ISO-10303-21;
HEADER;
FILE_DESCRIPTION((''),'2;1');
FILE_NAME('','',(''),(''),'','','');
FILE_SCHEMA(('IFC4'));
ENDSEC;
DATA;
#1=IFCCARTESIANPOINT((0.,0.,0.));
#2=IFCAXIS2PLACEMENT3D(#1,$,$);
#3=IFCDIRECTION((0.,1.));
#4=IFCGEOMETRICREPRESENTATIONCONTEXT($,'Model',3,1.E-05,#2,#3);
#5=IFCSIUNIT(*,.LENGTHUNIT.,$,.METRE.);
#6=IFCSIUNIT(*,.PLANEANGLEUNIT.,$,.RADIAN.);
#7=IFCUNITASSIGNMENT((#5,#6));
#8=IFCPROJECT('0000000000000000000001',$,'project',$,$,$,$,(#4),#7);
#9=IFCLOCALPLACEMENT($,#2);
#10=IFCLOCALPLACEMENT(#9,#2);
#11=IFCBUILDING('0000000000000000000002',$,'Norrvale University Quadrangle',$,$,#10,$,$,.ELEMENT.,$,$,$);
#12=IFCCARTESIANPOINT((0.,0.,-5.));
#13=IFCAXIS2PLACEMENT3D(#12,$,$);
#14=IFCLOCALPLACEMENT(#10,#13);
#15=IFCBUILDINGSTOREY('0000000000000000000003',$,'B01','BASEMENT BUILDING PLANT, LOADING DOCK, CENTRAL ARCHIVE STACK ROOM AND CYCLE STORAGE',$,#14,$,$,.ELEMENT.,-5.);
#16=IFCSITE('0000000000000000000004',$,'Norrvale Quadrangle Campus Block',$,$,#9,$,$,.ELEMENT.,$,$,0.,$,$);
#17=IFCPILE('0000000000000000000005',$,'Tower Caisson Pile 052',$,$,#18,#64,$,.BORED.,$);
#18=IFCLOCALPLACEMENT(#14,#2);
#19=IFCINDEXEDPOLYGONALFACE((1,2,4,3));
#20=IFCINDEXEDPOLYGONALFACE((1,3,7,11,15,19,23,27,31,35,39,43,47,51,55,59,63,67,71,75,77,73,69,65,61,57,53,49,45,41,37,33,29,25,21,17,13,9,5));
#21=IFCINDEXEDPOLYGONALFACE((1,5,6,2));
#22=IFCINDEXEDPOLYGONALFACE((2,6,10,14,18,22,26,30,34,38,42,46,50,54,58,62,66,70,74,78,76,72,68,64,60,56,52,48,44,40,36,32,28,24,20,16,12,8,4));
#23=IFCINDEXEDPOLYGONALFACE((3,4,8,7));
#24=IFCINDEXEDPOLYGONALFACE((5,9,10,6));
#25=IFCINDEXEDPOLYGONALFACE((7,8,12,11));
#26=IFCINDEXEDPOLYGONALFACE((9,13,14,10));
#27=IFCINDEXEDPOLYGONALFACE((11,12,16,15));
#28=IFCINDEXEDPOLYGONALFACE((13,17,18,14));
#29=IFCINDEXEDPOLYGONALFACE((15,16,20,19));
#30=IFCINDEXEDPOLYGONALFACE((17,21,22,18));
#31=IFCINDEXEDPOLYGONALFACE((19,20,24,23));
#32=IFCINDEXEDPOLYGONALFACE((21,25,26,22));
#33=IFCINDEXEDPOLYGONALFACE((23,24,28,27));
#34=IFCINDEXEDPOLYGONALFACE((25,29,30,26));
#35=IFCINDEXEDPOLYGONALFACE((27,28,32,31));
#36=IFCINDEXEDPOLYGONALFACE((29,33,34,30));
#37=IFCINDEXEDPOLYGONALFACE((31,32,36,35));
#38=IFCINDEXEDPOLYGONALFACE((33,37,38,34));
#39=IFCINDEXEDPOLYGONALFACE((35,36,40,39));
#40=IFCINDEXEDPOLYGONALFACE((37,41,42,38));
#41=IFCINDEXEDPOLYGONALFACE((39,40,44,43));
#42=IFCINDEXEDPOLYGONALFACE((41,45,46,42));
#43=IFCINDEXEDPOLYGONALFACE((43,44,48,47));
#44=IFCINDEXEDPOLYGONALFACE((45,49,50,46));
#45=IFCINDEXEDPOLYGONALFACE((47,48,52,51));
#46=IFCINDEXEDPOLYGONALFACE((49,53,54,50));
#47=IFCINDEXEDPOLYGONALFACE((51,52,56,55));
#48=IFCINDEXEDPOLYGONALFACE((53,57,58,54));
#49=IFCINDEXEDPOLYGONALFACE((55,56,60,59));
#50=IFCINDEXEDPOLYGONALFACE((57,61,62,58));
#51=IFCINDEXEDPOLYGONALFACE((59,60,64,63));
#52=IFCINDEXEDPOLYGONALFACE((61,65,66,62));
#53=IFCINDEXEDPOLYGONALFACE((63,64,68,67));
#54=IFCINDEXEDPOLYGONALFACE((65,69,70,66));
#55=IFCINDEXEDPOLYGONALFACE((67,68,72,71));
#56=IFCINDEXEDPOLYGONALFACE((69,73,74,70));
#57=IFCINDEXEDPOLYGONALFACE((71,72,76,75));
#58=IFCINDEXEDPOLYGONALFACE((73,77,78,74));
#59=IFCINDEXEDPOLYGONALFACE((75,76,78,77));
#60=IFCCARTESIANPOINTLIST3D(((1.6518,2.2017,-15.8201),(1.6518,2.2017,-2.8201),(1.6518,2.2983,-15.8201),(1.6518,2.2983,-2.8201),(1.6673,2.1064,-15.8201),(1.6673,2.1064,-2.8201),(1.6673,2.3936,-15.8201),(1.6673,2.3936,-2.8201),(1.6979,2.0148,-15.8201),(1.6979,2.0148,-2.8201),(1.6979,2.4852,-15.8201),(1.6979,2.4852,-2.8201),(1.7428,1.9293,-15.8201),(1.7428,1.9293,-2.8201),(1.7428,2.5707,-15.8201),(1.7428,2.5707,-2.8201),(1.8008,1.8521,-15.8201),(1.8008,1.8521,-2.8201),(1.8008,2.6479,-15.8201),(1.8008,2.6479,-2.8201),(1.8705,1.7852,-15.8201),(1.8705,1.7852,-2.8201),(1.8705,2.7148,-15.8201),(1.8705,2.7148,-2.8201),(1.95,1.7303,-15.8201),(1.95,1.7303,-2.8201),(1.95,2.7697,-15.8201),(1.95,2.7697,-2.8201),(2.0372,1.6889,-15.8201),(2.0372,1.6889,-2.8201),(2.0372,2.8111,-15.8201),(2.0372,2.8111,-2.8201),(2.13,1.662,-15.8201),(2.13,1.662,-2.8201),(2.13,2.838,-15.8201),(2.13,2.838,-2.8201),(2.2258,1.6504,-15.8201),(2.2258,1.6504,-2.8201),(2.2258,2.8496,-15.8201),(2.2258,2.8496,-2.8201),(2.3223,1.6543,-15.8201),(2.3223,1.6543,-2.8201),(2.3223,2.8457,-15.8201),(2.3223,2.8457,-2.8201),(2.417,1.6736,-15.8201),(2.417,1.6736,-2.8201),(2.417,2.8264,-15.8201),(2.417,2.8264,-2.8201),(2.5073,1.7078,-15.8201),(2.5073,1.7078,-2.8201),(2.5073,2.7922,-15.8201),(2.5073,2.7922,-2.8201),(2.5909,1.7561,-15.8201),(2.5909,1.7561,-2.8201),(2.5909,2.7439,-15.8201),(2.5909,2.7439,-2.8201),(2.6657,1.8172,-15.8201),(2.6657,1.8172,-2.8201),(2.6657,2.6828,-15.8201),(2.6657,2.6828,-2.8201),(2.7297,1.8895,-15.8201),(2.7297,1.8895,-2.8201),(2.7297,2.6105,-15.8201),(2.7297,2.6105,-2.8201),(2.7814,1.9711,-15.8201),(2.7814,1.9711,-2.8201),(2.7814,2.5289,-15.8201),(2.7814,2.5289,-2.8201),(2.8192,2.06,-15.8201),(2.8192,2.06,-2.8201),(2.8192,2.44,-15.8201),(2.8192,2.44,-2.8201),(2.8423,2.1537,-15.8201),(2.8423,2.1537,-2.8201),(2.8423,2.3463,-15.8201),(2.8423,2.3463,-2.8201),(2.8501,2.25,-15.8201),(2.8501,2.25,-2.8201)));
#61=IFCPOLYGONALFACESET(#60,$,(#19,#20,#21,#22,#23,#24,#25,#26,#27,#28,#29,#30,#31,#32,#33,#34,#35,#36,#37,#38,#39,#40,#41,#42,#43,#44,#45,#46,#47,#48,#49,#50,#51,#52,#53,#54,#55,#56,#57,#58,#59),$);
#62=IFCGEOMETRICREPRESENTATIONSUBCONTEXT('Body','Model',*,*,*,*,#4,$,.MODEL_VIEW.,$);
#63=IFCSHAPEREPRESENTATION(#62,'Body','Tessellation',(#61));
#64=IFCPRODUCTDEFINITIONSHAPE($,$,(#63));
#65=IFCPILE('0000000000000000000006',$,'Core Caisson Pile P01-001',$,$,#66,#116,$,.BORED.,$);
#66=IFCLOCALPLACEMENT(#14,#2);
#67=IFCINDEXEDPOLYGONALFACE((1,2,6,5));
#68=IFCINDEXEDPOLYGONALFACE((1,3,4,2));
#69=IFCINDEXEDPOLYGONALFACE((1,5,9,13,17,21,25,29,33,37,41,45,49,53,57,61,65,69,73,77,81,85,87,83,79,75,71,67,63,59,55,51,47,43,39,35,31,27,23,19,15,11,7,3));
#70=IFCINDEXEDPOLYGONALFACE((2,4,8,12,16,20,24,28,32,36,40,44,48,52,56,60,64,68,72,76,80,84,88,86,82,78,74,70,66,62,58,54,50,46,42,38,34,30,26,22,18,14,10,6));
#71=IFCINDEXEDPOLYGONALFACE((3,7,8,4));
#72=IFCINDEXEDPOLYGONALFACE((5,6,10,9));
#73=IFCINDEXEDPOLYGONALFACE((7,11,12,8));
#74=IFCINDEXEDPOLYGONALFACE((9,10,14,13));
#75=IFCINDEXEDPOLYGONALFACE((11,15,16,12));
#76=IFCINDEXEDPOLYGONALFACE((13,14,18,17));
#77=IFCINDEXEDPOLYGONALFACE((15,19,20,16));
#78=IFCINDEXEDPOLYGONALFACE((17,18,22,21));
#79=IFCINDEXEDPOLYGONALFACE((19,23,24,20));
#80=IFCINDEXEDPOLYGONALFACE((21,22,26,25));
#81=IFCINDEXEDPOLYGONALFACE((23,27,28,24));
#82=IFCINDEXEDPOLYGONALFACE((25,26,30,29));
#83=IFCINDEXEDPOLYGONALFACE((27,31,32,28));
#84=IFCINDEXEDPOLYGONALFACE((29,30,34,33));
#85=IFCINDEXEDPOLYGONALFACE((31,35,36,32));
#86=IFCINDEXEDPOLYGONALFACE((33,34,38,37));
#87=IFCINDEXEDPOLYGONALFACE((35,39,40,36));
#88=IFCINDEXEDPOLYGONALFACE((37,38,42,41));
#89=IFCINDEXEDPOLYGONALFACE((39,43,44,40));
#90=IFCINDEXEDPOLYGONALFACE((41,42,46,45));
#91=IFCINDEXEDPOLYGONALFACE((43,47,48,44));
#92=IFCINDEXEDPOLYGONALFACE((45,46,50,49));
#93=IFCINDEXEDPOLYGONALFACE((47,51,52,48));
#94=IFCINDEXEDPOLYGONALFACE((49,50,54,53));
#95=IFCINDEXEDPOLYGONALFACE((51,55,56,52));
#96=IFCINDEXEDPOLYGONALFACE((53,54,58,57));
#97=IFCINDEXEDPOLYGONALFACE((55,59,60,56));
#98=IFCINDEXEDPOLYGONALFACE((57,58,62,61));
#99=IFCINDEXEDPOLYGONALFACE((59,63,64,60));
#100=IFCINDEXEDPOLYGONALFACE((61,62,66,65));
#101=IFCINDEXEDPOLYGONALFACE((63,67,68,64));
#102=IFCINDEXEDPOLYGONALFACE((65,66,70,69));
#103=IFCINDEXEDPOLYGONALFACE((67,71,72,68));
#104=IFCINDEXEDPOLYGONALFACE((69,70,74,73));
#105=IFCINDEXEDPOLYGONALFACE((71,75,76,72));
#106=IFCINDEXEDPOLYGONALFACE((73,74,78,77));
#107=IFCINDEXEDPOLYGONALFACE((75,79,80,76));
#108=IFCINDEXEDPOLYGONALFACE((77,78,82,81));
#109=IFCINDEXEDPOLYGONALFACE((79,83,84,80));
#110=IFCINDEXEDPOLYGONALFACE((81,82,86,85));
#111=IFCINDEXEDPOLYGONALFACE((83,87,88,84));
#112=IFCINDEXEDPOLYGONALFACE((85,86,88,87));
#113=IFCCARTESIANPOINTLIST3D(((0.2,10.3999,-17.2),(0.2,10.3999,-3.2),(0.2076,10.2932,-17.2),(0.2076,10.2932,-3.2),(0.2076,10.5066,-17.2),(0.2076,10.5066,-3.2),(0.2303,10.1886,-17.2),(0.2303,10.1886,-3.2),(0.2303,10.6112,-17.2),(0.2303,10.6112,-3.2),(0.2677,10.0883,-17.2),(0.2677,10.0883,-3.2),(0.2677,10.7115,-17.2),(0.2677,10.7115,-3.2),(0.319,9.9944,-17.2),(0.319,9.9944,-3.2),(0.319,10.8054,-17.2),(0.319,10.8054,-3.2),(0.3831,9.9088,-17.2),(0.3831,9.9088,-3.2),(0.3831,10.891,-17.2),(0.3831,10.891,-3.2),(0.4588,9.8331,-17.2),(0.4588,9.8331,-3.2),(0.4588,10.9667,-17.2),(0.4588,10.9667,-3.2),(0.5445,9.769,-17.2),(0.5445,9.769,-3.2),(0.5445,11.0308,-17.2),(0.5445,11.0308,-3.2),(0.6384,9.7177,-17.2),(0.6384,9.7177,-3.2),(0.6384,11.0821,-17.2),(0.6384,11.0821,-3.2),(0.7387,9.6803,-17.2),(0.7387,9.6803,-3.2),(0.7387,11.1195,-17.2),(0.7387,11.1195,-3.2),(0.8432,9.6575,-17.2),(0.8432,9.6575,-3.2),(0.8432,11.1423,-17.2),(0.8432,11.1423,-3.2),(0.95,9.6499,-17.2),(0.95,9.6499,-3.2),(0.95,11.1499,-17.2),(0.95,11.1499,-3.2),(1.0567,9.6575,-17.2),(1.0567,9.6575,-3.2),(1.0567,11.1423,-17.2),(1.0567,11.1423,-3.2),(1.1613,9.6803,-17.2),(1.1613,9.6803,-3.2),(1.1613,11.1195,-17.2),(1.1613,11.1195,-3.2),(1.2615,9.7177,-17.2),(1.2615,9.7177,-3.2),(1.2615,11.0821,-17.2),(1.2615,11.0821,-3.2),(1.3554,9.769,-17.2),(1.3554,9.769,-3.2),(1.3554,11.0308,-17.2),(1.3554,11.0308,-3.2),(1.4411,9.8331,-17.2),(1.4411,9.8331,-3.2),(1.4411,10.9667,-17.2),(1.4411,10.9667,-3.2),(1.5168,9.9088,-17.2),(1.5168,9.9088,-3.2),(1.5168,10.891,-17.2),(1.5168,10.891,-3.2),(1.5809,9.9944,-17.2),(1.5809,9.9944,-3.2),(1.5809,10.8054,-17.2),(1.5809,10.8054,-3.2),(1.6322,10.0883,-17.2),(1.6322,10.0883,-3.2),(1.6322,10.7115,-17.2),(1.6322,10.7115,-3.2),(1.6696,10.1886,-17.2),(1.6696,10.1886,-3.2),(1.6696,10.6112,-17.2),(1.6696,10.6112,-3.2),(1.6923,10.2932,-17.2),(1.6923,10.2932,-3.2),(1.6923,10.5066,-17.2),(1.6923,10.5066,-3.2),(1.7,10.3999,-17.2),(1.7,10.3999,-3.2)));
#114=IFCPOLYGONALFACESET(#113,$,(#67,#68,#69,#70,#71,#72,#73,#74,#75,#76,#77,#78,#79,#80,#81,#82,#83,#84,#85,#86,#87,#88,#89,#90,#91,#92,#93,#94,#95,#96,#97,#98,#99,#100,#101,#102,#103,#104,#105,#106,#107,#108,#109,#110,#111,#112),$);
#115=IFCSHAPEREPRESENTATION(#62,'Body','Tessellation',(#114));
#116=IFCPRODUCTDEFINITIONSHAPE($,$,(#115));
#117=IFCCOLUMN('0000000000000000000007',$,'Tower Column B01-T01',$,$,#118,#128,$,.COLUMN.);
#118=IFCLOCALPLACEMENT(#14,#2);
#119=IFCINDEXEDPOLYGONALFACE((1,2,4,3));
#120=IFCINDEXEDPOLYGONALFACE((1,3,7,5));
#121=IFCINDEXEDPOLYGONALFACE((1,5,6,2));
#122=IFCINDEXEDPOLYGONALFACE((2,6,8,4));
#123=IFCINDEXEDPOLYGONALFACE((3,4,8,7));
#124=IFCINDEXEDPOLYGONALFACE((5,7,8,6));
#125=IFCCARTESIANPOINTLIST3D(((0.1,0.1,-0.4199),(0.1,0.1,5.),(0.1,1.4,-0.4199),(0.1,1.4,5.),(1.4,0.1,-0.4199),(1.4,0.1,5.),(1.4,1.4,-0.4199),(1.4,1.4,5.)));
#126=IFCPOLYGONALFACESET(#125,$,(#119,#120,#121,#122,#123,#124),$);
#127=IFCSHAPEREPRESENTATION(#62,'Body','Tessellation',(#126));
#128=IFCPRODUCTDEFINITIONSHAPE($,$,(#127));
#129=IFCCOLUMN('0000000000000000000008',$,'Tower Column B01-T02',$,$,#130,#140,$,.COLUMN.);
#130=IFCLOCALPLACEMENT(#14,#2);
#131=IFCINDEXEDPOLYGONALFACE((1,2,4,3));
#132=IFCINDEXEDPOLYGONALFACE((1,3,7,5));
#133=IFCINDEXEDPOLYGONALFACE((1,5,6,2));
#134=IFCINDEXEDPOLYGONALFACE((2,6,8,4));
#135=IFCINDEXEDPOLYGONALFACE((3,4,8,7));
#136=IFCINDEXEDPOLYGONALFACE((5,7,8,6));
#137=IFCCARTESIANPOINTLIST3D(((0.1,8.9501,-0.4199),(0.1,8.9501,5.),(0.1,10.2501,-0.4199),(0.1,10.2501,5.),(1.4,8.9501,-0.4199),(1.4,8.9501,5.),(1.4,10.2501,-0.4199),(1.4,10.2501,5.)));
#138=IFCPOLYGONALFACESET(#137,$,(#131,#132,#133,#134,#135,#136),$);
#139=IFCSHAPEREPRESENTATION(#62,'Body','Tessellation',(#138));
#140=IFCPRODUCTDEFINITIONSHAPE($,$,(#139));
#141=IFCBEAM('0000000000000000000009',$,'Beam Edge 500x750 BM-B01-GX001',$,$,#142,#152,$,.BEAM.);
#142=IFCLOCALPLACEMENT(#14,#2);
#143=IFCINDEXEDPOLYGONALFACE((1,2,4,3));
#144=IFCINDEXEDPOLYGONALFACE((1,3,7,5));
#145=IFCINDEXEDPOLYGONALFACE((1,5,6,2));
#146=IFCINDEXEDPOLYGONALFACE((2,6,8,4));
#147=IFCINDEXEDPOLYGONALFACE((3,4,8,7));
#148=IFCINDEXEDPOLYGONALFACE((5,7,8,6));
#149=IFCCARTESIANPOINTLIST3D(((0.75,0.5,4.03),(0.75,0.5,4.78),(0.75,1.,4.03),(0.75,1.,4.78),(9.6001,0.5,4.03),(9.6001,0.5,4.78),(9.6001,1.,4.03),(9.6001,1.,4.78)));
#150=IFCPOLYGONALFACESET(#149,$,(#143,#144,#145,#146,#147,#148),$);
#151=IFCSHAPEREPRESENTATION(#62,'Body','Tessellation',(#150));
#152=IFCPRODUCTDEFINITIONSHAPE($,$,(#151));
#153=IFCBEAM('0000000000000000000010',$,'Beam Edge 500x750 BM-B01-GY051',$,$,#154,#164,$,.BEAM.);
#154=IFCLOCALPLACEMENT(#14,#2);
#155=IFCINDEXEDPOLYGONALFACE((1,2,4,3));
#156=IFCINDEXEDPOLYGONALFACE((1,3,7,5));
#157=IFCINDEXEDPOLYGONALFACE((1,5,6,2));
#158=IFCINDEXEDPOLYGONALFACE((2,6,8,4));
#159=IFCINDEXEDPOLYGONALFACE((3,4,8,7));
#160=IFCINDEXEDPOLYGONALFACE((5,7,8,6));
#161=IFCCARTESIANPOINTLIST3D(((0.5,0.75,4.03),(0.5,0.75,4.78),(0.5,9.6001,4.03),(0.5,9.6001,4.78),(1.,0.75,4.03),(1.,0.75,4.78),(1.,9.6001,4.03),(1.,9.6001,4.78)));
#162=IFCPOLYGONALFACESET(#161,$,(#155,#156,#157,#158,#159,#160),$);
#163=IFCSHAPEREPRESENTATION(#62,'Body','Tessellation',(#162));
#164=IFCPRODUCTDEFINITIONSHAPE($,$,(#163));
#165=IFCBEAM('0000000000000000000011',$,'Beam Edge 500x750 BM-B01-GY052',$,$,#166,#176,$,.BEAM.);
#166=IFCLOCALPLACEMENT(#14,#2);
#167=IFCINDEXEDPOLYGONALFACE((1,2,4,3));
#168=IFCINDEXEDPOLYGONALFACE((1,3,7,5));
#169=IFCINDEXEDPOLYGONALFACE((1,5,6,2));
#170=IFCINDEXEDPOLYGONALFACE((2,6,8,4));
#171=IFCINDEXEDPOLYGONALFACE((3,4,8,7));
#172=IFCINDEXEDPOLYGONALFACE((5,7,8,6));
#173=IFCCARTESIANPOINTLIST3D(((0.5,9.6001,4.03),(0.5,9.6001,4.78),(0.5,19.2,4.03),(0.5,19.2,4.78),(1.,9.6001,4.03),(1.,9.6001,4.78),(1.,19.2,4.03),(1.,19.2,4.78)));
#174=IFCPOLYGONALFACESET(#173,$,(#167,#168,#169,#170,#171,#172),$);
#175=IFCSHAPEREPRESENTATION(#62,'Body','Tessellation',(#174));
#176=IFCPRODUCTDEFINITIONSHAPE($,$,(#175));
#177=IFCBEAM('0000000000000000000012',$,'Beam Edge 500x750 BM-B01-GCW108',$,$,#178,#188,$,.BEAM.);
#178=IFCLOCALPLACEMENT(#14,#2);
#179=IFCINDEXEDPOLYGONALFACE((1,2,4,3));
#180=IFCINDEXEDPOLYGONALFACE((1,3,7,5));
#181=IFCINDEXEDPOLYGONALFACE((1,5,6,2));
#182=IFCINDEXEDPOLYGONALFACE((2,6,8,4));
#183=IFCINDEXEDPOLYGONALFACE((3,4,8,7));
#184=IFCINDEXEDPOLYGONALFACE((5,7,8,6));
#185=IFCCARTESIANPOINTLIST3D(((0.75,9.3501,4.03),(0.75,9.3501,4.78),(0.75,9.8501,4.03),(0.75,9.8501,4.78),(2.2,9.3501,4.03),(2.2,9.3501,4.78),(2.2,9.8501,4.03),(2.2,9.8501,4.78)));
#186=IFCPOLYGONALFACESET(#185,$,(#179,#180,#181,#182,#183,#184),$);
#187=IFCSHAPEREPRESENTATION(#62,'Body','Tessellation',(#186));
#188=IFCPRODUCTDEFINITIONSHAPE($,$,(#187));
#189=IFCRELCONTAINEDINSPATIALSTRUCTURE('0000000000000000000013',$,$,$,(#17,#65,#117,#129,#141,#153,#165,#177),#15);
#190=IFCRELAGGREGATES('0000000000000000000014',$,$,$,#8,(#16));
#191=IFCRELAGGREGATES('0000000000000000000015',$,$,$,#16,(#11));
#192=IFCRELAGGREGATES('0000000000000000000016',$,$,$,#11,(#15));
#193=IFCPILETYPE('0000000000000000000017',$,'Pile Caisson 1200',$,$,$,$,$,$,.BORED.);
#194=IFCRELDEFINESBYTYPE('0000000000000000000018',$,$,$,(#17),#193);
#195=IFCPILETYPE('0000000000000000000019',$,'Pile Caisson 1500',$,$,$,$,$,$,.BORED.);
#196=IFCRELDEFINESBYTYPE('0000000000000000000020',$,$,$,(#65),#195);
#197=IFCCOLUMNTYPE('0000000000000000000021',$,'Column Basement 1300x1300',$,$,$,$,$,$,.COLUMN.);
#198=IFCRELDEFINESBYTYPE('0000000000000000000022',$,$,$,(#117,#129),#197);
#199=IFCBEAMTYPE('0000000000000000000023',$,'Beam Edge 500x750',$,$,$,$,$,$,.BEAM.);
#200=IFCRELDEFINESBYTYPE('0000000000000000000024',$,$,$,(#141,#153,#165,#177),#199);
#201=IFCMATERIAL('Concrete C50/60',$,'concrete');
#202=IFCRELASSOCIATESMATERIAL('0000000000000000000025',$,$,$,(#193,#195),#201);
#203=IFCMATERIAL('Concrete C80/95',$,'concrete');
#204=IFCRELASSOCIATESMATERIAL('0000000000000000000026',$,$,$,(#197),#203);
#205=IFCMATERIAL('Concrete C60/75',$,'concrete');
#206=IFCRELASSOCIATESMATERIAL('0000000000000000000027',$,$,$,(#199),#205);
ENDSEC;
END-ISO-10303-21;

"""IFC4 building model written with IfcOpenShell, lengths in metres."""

from ifc_helpers import new_model, si_unit, direction, frame, origin, origin_2d, place, context, subcontext, project, spatial, rectangle, circle, extrude, material, material_profile, profile_set, type_object, element, save


model = new_model("IFC4")

# Units and contexts
model_context = context("Model", 3, precision=1e-05, world=origin(), true_north=direction((0.0, 1.0)))
body_context = subcontext(model_context, "Body", "Model", "MODEL_VIEW")
ifc_project = project(units=[si_unit("LENGTHUNIT", "METRE"), si_unit("PLANEANGLEUNIT", "RADIAN")], contexts=[model_context])

# Site, building, storey
site_placement = place(None, origin())
site = spatial("IfcSite", under=ifc_project, at=site_placement, Name="Norrvale Quadrangle Campus Block", CompositionType="ELEMENT", RefElevation=0.0)
building_placement = place(site_placement, origin())
building = spatial("IfcBuilding", under=site, at=building_placement, Name="Norrvale University Quadrangle", CompositionType="ELEMENT")
storey_placement = place(building_placement, frame((0.0, 0.0, -5.0)))
storey = spatial("IfcBuildingStorey", under=building, at=storey_placement, Name="B01", Description="BASEMENT BUILDING PLANT, LOADING DOCK, CENTRAL ARCHIVE STACK ROOM AND CYCLE STORAGE", CompositionType="ELEMENT", Elevation=-5.0)

# Shared definitions
ifc_material_1 = material(Name="Concrete C50/60", Category="concrete")

# Piles
ifc_material_profile_1 = material_profile(ifc_material_1, circle(Radius=0.6001, at=origin_2d()), Name="Concrete C50/60")
ifc_profile_set_1 = profile_set([ifc_material_profile_1], Name="Concrete C50/60")
pile_type_1 = type_object("IfcPileType", Name="Pile Caisson 1200", PredefinedType="BORED", material=ifc_profile_set_1)
for number, where, z_axis, x_axis, name in (
    (1, (2.25, 2.25, -2.8201), (0.0, 0.0, -1.0), (1.0, 0.0, 0.0), "Tower Caisson Pile 052"),
):
    element("IfcPile", number, at=place(storey_placement, frame(where, z_axis=z_axis, x_axis=x_axis)), inside=storey, type_object=pile_type_1, Name=name, PredefinedType="BORED", context=body_context, shape_type="SweptSolid", body=[
        extrude(circle(Radius=0.6001, at=origin_2d()), origin(), (0.0, 0.0, 1.0), 13.0),
    ])
ifc_material_profile_2 = material_profile(ifc_material_1, circle(Radius=0.75, at=origin_2d()), Name="Concrete C50/60")
ifc_profile_set_2 = profile_set([ifc_material_profile_2], Name="Concrete C50/60")
pile_type_2 = type_object("IfcPileType", Name="Pile Caisson 1500", PredefinedType="BORED", material=ifc_profile_set_2)
pile_placement = place(storey_placement, frame((0.95, 10.3999, -3.2), z_axis=(0.0, 0.0, -1.0), x_axis=(1.0, 0.0, 0.0)))
element("IfcPile", 2, at=pile_placement, inside=storey, type_object=pile_type_2, Name="Core Caisson Pile P01-001", PredefinedType="BORED", context=body_context, shape_type="SweptSolid", body=[
    extrude(circle(Radius=0.75, at=origin_2d()), origin(), (0.0, 0.0, 1.0), 14.0),
])

# Columns
ifc_material_2 = material(Name="Concrete C80/95", Category="concrete")
ifc_material_profile_3 = material_profile(ifc_material_2, rectangle(XDim=1.3, YDim=1.3, at=origin_2d()), Name="Concrete C80/95")
ifc_profile_set_3 = profile_set([ifc_material_profile_3], Name="Concrete C80/95")
column_type = type_object("IfcColumnType", Name="Column Basement 1300x1300", PredefinedType="COLUMN", material=ifc_profile_set_3)
for number, where, z_axis, x_axis, name in (
    (3, (0.75, 0.75, -0.4199), (0.0, 0.0, 1.0), (1.0, 0.0, 0.0), "Tower Column B01-T01"),
    (4, (0.75, 9.6001, -0.4199), (0.0, 0.0, 1.0), (1.0, 0.0, 0.0), "Tower Column B01-T02"),
):
    element("IfcColumn", number, at=place(storey_placement, frame(where, z_axis=z_axis, x_axis=x_axis)), inside=storey, type_object=column_type, Name=name, PredefinedType="COLUMN", context=body_context, shape_type="SweptSolid", body=[
        extrude(rectangle(XDim=1.3, YDim=1.3, at=origin_2d()), origin(), (0.0, 0.0, 1.0), 5.4199),
    ])

# Beams
ifc_material_3 = material(Name="Concrete C60/75", Category="concrete")
ifc_material_profile_4 = material_profile(ifc_material_3, rectangle(XDim=0.5, YDim=0.75, at=origin_2d()), Name="Concrete C60/75")
ifc_profile_set_4 = profile_set([ifc_material_profile_4], Name="Concrete C60/75")
beam_type = type_object("IfcBeamType", Name="Beam Edge 500x750", PredefinedType="BEAM", material=ifc_profile_set_4)
for number, where, z_axis, x_axis, name in (
    (5, (0.75, 0.75, 4.405), (1.0, 0.0, 0.0), (0.0, 1.0, 0.0), "Beam Edge 500x750 BM-B01-GX001"),
    (6, (0.75, 0.75, 4.405), (0.0, 1.0, 0.0), (-1.0, 0.0, 0.0), "Beam Edge 500x750 BM-B01-GY051"),
):
    element("IfcBeam", number, at=place(storey_placement, frame(where, z_axis=z_axis, x_axis=x_axis)), inside=storey, type_object=beam_type, Name=name, PredefinedType="BEAM", context=body_context, shape_type="SweptSolid", body=[
        extrude(rectangle(XDim=0.5, YDim=0.75, at=origin_2d()), origin(), (0.0, 0.0, 1.0), 8.8501),
    ])
beam_1_placement = place(storey_placement, frame((0.75, 9.6001, 4.405), z_axis=(0.0, 1.0, 0.0), x_axis=(-1.0, 0.0, 0.0)))
element("IfcBeam", 7, at=beam_1_placement, inside=storey, type_object=beam_type, Name="Beam Edge 500x750 BM-B01-GY052", PredefinedType="BEAM", context=body_context, shape_type="SweptSolid", body=[
    extrude(rectangle(XDim=0.5, YDim=0.75, at=origin_2d()), origin(), (0.0, 0.0, 1.0), 9.5999),
])
beam_2_placement = place(storey_placement, frame((0.75, 9.6001, 4.405), z_axis=(1.0, 0.0, 0.0), x_axis=(0.0, 1.0, 0.0)))
element("IfcBeam", 8, at=beam_2_placement, inside=storey, type_object=beam_type, Name="Beam Edge 500x750 BM-B01-GCW108", PredefinedType="BEAM", context=body_context, shape_type="SweptSolid", body=[
    extrude(rectangle(XDim=0.5, YDim=0.75, at=origin_2d()), origin(), (0.0, 0.0, 1.0), 1.45),
])

save(model, "model.ifc")
